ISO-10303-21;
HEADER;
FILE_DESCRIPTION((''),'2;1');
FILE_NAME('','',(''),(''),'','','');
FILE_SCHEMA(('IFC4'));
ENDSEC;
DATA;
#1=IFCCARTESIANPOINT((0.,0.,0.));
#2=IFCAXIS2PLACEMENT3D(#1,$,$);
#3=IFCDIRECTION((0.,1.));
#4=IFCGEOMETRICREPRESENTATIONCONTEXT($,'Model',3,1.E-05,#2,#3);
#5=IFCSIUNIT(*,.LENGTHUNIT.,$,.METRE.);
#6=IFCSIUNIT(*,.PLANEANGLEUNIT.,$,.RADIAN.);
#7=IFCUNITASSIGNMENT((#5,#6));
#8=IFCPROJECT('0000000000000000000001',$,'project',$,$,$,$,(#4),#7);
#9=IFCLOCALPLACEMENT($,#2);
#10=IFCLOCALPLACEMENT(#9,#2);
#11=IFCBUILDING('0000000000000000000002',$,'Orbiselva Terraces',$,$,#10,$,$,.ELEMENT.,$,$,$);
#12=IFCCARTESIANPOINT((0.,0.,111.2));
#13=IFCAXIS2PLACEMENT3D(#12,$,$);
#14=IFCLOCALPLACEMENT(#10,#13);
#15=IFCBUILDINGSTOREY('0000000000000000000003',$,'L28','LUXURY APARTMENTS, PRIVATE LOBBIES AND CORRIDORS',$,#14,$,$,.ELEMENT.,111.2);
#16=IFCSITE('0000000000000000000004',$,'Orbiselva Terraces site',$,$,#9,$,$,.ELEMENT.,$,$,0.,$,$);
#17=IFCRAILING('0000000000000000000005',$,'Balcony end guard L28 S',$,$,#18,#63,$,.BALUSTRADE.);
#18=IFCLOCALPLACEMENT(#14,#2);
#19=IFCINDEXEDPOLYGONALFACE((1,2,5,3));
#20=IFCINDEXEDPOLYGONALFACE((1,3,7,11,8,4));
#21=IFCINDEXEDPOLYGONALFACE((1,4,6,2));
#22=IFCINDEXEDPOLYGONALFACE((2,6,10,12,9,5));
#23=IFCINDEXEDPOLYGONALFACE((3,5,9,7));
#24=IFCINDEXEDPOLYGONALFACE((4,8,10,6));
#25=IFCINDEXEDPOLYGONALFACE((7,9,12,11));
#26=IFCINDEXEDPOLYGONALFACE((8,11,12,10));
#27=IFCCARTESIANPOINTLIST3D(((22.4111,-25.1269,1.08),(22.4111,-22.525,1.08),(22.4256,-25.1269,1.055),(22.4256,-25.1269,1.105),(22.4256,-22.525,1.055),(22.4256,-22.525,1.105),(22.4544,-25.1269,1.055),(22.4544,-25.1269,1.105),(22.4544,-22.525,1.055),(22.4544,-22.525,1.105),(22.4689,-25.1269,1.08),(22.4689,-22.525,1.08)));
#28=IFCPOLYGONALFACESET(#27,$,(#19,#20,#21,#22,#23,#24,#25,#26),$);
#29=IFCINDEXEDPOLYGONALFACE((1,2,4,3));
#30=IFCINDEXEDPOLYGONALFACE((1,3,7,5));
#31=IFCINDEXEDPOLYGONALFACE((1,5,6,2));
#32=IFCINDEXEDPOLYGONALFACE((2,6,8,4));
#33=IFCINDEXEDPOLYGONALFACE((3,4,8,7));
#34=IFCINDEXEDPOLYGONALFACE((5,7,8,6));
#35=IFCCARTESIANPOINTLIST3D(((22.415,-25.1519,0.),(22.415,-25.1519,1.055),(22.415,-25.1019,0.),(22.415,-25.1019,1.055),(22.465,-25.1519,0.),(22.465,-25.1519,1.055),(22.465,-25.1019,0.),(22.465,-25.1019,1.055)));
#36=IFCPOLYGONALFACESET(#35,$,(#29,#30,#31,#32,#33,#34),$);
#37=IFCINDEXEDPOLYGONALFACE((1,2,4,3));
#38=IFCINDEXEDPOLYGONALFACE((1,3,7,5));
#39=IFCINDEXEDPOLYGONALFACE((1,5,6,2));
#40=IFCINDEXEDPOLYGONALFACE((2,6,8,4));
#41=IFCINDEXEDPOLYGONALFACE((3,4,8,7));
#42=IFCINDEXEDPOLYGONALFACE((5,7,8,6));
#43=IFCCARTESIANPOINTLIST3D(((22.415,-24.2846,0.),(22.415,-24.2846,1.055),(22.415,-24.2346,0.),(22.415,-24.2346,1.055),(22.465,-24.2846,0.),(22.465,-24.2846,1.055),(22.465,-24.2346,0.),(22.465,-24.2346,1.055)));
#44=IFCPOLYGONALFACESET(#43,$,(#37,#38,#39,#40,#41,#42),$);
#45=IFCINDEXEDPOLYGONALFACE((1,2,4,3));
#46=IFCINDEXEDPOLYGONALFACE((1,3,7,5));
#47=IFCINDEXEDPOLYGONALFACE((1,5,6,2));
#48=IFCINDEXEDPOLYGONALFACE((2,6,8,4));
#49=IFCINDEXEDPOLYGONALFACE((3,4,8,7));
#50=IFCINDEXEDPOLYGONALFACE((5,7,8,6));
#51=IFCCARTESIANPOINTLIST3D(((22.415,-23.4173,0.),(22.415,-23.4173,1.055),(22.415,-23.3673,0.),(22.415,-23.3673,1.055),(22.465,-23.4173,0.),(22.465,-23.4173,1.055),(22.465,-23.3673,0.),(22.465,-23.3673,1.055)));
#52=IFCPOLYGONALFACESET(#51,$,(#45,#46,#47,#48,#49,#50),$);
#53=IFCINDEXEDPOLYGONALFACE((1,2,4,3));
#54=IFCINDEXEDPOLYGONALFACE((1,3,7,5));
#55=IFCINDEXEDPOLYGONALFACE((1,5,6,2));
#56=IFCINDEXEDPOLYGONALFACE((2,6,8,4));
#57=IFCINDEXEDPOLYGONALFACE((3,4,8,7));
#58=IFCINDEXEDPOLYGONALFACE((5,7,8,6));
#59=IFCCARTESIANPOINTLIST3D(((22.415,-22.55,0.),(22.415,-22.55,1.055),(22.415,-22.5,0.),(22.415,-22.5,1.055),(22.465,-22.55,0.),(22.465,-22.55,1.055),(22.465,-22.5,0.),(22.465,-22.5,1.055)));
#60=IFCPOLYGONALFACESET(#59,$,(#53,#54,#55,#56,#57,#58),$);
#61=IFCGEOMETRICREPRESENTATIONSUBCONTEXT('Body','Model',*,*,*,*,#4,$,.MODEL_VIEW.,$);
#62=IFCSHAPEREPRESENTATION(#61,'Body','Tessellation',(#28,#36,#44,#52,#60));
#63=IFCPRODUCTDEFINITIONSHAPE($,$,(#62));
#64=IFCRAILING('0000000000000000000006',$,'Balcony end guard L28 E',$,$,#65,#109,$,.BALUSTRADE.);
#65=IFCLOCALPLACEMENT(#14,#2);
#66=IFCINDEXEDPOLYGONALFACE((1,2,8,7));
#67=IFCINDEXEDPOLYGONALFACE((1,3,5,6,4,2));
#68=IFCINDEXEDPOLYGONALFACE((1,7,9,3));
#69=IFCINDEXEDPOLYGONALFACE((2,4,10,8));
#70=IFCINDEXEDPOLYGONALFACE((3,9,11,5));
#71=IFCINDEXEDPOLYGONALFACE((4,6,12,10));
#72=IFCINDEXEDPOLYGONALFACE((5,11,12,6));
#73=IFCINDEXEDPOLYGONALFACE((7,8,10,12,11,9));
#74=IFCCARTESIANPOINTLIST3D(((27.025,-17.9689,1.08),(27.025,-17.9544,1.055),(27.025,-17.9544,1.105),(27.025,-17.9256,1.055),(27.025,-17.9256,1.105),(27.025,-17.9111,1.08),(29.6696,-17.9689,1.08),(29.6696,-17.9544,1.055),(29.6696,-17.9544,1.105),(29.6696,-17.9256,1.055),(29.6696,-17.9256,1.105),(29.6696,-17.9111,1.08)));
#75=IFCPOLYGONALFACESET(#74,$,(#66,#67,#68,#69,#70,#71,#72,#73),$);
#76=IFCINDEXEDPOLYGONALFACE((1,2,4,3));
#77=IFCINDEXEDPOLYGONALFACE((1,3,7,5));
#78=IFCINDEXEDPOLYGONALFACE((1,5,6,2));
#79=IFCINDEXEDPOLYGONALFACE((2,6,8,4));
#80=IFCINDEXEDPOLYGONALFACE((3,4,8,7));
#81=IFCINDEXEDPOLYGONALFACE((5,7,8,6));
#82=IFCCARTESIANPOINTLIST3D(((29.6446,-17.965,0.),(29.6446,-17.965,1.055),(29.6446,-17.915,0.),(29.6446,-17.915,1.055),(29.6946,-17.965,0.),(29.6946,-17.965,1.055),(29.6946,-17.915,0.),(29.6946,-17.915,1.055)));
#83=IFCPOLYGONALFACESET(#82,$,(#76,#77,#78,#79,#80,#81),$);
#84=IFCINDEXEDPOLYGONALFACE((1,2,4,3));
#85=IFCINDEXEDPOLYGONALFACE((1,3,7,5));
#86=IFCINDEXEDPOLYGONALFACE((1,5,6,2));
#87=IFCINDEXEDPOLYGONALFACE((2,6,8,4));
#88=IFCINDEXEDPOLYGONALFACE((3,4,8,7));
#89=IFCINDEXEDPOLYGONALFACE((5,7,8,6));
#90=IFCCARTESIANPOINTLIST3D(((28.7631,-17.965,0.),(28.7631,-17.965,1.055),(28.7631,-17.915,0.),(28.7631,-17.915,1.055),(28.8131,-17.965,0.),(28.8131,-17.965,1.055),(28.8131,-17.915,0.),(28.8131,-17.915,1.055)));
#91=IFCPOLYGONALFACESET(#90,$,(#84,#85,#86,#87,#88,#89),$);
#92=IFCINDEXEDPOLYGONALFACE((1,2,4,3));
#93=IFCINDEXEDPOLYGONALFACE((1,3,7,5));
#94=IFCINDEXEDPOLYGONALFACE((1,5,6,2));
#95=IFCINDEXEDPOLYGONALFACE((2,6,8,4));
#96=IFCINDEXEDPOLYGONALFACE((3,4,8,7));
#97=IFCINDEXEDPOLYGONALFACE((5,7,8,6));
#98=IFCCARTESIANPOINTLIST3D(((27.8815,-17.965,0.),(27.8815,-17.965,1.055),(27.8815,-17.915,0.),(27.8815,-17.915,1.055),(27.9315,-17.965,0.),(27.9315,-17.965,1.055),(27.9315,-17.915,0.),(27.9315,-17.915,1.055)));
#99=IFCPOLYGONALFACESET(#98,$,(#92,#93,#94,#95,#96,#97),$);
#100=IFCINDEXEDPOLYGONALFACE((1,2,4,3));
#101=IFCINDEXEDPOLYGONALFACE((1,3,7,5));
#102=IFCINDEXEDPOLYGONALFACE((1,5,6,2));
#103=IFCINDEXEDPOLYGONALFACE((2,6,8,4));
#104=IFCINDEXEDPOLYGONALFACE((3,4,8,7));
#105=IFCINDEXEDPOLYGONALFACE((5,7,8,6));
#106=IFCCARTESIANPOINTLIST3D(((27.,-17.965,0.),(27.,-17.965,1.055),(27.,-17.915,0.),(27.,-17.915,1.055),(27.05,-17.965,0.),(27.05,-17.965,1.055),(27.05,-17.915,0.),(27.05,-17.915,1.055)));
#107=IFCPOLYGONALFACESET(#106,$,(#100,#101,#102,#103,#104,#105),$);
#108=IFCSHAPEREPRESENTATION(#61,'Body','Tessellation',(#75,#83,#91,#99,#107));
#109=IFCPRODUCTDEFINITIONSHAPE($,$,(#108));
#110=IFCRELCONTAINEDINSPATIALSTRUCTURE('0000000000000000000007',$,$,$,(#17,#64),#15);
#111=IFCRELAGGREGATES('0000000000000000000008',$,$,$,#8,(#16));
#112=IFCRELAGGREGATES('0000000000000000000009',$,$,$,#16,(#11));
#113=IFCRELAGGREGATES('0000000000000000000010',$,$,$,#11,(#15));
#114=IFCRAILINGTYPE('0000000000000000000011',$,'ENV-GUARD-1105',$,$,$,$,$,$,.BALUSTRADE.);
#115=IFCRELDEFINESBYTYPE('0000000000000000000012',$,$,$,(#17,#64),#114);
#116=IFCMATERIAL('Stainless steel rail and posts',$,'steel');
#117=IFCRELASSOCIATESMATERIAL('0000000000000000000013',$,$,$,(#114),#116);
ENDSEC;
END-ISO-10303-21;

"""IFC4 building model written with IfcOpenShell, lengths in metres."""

from ifc_helpers import new_model, si_unit, direction, frame, origin, origin_2d, place, context, subcontext, project, spatial, polyline, rectangle, outline, extrude, material, type_object, element, save


model = new_model("IFC4")

# Units and contexts
model_context = context("Model", 3, precision=1e-05, world=origin(), true_north=direction((0.0, 1.0)))
body_context = subcontext(model_context, "Body", "Model", "MODEL_VIEW")
ifc_project = project(units=[si_unit("LENGTHUNIT", "METRE"), si_unit("PLANEANGLEUNIT", "RADIAN")], contexts=[model_context])

# Site, building, storey
site_placement = place(None, origin())
site = spatial("IfcSite", under=ifc_project, at=site_placement, Name="Orbiselva Terraces site", CompositionType="ELEMENT", RefElevation=0.0)
building_placement = place(site_placement, origin())
building = spatial("IfcBuilding", under=site, at=building_placement, Name="Orbiselva Terraces", CompositionType="ELEMENT")
storey_placement = place(building_placement, frame((0.0, 0.0, 111.2)))
storey = spatial("IfcBuildingStorey", under=building, at=storey_placement, Name="L28", Description="LUXURY APARTMENTS, PRIVATE LOBBIES AND CORRIDORS", CompositionType="ELEMENT", Elevation=111.2)

# Railings
ifc_material_1 = material(Name="Stainless steel rail and posts", Category="steel")
railing_type_1 = type_object("IfcRailingType", Name="ENV-GUARD-1105", PredefinedType="BALUSTRADE", material=ifc_material_1)
railing_1_placement = place(storey_placement, frame((22.44, -25.1269, 0.0)))
element("IfcRailing", 1, at=railing_1_placement, inside=storey, type_object=railing_type_1, Name="Balcony end guard L28 S", PredefinedType="BALUSTRADE", context=body_context, shape_type="SweptSolid", body=[
    extrude(outline(polyline([(0.0289, 0.0), (0.0144, 0.025), (-0.0144, 0.025), (-0.0289, 0.0), (-0.0144, -0.025), (0.0144, -0.025), (0.0289, 0.0)])), frame((0.0, 0.0, 1.08), z_axis=(0.0, 1.0, 0.0), x_axis=(-1.0, 0.0, 0.0)), (0.0, 0.0, 1.0), 2.6019),
    extrude(rectangle(XDim=0.05, YDim=0.05, at=origin_2d()), origin(), (0.0, 0.0, 1.0), 1.055),
    extrude(rectangle(XDim=0.05, YDim=0.05, at=origin_2d()), frame((0.0, 0.8673, 0.0)), (0.0, 0.0, 1.0), 1.055),
    extrude(rectangle(XDim=0.05, YDim=0.05, at=origin_2d()), frame((0.0, 1.7346, 0.0)), (0.0, 0.0, 1.0), 1.055),
    extrude(rectangle(XDim=0.05, YDim=0.05, at=origin_2d()), frame((0.0, 2.6019, 0.0)), (0.0, 0.0, 1.0), 1.055),
])
railing_2_placement = place(storey_placement, frame((29.6696, -17.94, 0.0)))
element("IfcRailing", 2, at=railing_2_placement, inside=storey, type_object=railing_type_1, Name="Balcony end guard L28 E", PredefinedType="BALUSTRADE", context=body_context, shape_type="SweptSolid", body=[
    extrude(outline(polyline([(0.0289, 0.0), (0.0144, 0.025), (-0.0144, 0.025), (-0.0289, 0.0), (-0.0144, -0.025), (0.0144, -0.025), (0.0289, 0.0)])), frame((0.0, 0.0, 1.08), z_axis=(-1.0, 0.0, 0.0), x_axis=(0.0, -1.0, 0.0)), (0.0, 0.0, 1.0), 2.6446),
    extrude(rectangle(XDim=0.05, YDim=0.05, at=origin_2d()), origin(), (0.0, 0.0, 1.0), 1.055),
    extrude(rectangle(XDim=0.05, YDim=0.05, at=origin_2d()), frame((-0.8815, 0.0, 0.0)), (0.0, 0.0, 1.0), 1.055),
    extrude(rectangle(XDim=0.05, YDim=0.05, at=origin_2d()), frame((-1.7631, 0.0, 0.0)), (0.0, 0.0, 1.0), 1.055),
    extrude(rectangle(XDim=0.05, YDim=0.05, at=origin_2d()), frame((-2.6446, 0.0, 0.0)), (0.0, 0.0, 1.0), 1.055),
])

save(model, "model.ifc")
